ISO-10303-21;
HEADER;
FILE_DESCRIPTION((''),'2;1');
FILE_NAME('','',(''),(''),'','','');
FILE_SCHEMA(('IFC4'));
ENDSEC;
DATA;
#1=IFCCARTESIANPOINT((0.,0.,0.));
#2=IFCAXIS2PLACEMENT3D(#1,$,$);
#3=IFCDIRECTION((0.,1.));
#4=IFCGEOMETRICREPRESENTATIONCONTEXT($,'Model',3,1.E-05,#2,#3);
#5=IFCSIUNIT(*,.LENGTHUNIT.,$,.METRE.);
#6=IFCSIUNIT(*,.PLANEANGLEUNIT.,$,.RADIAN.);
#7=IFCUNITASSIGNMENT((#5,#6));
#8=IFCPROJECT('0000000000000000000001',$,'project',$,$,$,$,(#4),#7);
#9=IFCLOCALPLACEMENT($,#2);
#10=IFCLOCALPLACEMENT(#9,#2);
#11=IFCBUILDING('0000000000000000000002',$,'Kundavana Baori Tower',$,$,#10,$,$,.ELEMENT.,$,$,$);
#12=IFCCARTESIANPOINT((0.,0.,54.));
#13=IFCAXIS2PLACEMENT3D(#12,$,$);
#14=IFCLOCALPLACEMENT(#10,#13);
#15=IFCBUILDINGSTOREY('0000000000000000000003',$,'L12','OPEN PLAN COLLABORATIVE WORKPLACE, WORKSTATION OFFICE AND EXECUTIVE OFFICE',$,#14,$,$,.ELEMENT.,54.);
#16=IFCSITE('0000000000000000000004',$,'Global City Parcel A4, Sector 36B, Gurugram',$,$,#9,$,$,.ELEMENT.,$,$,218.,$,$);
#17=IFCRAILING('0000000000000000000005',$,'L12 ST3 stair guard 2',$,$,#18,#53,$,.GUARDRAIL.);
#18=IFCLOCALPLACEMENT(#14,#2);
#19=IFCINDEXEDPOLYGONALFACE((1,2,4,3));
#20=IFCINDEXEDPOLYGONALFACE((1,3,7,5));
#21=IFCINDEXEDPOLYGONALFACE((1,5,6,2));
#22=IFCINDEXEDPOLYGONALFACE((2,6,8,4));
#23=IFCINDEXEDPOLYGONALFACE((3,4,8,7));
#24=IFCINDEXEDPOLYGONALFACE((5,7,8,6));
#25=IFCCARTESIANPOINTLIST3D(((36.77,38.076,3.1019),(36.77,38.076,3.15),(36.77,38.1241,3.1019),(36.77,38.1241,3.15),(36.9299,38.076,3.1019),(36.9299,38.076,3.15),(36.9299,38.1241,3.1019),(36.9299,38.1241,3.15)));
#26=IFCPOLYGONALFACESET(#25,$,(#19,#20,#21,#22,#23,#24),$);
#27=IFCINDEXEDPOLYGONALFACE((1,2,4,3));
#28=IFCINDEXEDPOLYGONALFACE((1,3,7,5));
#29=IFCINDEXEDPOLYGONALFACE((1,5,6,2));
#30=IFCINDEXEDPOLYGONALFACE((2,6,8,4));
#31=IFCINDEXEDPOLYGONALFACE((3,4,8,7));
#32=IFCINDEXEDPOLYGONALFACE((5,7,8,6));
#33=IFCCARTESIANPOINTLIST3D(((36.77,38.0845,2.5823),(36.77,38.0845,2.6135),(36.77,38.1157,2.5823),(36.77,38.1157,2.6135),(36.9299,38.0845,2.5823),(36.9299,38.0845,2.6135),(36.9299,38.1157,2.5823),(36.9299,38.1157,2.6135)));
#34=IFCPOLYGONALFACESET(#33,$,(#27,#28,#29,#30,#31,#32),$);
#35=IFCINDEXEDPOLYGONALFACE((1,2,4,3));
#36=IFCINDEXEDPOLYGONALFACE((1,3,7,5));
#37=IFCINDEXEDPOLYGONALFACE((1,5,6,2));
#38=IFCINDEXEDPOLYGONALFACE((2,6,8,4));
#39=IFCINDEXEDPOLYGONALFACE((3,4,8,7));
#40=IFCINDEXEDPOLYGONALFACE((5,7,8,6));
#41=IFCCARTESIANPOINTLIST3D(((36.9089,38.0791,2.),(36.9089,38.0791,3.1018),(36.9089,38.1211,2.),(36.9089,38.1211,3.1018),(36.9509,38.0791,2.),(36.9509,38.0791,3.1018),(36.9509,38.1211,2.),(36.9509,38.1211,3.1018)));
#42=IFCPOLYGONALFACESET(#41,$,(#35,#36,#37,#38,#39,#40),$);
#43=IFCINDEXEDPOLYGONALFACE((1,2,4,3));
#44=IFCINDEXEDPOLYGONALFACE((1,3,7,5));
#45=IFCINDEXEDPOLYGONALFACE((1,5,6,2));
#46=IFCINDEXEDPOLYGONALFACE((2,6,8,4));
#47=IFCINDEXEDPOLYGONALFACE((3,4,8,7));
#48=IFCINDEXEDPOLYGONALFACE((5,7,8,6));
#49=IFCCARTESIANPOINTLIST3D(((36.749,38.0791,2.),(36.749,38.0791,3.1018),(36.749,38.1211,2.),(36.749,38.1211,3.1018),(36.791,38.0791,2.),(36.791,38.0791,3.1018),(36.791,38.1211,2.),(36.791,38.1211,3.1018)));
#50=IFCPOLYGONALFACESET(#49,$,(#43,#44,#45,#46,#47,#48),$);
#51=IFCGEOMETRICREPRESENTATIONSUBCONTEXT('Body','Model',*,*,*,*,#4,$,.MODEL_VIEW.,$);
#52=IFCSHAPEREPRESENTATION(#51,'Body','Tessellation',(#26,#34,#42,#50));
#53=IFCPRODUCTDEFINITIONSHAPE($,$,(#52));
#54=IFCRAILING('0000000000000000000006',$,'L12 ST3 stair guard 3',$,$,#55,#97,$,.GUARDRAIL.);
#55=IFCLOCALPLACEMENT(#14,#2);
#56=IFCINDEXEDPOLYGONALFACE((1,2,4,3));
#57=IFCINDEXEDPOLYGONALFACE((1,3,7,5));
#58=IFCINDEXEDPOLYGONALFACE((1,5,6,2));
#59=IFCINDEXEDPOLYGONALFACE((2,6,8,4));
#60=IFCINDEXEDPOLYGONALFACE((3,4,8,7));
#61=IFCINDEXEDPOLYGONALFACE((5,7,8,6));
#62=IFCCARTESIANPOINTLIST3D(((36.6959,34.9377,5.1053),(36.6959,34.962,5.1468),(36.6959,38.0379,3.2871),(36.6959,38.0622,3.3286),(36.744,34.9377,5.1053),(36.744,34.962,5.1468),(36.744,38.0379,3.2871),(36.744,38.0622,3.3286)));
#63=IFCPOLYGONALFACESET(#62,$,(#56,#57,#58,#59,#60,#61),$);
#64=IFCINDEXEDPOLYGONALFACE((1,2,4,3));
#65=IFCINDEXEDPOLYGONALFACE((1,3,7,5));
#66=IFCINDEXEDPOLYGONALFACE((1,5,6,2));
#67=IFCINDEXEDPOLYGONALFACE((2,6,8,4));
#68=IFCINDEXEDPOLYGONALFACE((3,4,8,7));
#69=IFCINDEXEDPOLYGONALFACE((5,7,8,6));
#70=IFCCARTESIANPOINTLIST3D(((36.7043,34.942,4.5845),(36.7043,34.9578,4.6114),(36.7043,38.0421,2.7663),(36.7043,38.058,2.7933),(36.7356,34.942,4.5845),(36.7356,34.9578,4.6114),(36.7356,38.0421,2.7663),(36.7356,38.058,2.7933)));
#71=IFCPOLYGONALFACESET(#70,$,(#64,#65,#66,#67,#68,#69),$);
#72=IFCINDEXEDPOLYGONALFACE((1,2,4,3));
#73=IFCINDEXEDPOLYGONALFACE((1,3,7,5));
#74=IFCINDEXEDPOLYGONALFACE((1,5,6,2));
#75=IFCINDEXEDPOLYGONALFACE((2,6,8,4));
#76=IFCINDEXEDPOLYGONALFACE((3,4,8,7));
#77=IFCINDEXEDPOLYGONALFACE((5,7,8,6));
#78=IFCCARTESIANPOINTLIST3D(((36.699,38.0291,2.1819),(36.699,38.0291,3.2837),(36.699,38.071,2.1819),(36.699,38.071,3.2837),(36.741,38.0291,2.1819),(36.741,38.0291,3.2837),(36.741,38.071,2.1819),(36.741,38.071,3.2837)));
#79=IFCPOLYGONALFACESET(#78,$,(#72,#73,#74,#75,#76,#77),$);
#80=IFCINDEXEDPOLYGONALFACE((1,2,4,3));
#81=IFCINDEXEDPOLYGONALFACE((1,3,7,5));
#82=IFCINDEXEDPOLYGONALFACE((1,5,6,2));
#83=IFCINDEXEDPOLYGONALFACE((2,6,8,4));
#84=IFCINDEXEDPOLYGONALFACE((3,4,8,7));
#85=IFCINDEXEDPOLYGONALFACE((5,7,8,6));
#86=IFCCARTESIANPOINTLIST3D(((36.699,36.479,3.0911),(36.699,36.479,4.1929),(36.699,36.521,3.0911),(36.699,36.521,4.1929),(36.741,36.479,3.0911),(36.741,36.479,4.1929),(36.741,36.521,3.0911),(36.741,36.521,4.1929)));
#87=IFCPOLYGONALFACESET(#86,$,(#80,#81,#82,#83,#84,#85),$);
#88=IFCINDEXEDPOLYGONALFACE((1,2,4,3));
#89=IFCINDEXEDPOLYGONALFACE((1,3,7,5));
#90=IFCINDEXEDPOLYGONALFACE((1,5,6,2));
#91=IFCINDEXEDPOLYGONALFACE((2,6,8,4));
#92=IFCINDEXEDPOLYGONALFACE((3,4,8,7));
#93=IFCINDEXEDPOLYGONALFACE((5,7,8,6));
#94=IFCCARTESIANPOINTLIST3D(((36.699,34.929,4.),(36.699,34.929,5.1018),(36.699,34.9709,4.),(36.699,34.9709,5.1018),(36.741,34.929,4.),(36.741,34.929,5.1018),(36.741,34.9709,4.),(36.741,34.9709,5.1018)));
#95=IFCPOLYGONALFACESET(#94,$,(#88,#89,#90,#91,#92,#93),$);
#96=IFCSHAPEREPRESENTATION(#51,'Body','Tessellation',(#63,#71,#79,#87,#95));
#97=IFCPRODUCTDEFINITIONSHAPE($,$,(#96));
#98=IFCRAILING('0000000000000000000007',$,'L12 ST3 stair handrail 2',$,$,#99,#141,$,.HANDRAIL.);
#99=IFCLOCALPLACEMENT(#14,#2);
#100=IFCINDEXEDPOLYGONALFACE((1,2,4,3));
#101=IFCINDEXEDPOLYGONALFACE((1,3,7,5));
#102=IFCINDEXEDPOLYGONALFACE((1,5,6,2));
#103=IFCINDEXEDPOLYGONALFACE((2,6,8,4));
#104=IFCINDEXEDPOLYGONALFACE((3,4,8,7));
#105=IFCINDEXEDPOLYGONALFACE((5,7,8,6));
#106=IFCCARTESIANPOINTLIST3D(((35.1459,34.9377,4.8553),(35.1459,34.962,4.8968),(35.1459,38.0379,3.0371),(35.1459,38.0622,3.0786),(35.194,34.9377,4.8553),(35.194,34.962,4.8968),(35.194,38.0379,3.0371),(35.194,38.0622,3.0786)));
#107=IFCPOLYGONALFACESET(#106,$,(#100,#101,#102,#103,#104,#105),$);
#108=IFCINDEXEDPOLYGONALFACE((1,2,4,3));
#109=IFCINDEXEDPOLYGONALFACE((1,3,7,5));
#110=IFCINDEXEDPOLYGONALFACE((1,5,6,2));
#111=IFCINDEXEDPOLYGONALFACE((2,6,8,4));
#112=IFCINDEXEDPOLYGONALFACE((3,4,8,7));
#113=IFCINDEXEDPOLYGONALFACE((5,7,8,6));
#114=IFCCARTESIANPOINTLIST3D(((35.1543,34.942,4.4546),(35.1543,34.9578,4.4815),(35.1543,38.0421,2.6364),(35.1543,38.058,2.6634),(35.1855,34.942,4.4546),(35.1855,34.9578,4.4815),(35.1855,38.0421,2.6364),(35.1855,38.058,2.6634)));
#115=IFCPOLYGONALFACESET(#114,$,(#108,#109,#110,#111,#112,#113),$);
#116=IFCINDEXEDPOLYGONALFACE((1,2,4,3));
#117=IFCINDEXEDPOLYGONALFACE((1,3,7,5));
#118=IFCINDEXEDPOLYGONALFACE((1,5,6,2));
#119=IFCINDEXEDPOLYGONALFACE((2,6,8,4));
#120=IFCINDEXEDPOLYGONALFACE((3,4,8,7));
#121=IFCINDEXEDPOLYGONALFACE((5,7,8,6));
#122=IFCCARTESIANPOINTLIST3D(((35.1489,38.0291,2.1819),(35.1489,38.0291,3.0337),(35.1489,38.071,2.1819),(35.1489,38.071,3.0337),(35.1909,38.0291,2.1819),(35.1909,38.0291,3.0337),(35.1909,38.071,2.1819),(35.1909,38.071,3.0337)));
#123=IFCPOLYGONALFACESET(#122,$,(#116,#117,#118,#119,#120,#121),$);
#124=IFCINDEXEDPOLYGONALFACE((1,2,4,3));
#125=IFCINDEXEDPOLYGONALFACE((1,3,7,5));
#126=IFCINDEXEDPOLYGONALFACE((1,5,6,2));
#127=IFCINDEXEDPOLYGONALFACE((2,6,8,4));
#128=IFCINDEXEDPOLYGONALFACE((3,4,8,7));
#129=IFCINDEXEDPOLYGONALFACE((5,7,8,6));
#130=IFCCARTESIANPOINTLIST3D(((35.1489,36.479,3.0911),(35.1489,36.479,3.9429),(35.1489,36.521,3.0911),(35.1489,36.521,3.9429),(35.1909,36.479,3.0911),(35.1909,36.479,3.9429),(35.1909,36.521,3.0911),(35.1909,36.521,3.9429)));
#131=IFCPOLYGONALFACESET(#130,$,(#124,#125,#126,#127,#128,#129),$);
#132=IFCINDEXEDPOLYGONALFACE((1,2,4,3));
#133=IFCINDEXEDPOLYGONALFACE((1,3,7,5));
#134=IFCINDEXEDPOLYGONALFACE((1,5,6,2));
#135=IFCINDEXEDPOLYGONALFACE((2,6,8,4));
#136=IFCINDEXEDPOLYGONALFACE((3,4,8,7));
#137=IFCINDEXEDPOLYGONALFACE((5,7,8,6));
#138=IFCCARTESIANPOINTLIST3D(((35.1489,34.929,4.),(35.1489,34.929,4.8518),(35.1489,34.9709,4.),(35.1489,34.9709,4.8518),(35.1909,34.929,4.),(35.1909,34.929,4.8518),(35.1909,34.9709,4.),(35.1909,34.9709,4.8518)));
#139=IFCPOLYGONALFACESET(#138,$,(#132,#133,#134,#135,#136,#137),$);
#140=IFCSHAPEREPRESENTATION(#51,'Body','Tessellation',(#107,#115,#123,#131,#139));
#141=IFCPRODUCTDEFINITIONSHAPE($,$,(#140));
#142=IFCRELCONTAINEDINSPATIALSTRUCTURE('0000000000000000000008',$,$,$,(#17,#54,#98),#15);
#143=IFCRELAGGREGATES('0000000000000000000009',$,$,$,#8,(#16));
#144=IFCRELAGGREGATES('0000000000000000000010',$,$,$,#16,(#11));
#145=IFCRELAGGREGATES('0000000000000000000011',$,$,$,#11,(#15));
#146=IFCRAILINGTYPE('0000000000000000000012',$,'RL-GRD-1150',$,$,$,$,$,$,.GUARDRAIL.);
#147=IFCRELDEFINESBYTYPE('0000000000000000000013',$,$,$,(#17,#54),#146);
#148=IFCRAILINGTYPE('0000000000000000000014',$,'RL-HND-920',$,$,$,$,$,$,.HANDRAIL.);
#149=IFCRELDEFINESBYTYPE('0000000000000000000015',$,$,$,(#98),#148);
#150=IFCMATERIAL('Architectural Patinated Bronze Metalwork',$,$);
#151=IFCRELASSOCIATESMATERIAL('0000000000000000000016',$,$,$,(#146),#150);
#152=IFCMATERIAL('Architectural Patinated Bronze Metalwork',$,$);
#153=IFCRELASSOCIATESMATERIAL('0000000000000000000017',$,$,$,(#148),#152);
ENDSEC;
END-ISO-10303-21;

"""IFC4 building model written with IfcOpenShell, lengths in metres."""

from ifc_helpers import new_model, si_unit, direction, frame, origin, origin_2d, place, context, subcontext, project, spatial, rectangle, extrude, material, type_object, element, save


model = new_model("IFC4")

# Units and contexts
model_context = context("Model", 3, precision=1e-05, world=origin(), true_north=direction((0.0, 1.0)))
body_context = subcontext(model_context, "Body", "Model", "MODEL_VIEW")
ifc_project = project(units=[si_unit("LENGTHUNIT", "METRE"), si_unit("PLANEANGLEUNIT", "RADIAN")], contexts=[model_context])

# Site, building, storey
site_placement = place(None, origin())
site = spatial("IfcSite", under=ifc_project, at=site_placement, Name="Global City Parcel A4, Sector 36B, Gurugram", CompositionType="ELEMENT", RefElevation=218.0)
building_placement = place(site_placement, origin())
building = spatial("IfcBuilding", under=site, at=building_placement, Name="Kundavana Baori Tower", CompositionType="ELEMENT")
storey_placement = place(building_placement, frame((0.0, 0.0, 54.0)))
storey = spatial("IfcBuildingStorey", under=building, at=storey_placement, Name="L12", Description="OPEN PLAN COLLABORATIVE WORKPLACE, WORKSTATION OFFICE AND EXECUTIVE OFFICE", CompositionType="ELEMENT", Elevation=54.0)

# Railings
ifc_material_1 = material(Name="Architectural Patinated Bronze Metalwork")
railing_type_1 = type_object("IfcRailingType", Name="RL-GRD-1150", PredefinedType="GUARDRAIL", material=ifc_material_1)
railing_1_placement = place(storey_placement, frame((36.9299, 38.1001, 2.0)))
element("IfcRailing", 1, at=railing_1_placement, inside=storey, type_object=railing_type_1, Name="L12 ST3 stair guard 2", PredefinedType="GUARDRAIL", context=body_context, shape_type="SweptSolid", body=[
    extrude(rectangle(XDim=0.0481, YDim=0.0481, at=origin_2d()), frame((0.0, 0.0, 1.126), z_axis=(-1.0, 0.0, 0.0), x_axis=(0.0, -1.0, 0.0)), (0.0, 0.0, 1.0), 0.1599),
    extrude(rectangle(XDim=0.0312, YDim=0.0312, at=origin_2d()), frame((0.0, 0.0, 0.5979), z_axis=(-1.0, 0.0, 0.0), x_axis=(0.0, -1.0, 0.0)), (0.0, 0.0, 1.0), 0.1599),
    extrude(rectangle(XDim=0.042, YDim=0.042, at=origin_2d()), origin(), (0.0, 0.0, 1.0), 1.1018),
    extrude(rectangle(XDim=0.042, YDim=0.042, at=origin_2d()), frame((-0.1599, 0.0, 0.0)), (0.0, 0.0, 1.0), 1.1018),
])
railing_2_placement = place(storey_placement, frame((36.72, 38.05, 2.1819)))
element("IfcRailing", 2, at=railing_2_placement, inside=storey, type_object=railing_type_1, Name="L12 ST3 stair guard 3", PredefinedType="GUARDRAIL", context=body_context, shape_type="SweptSolid", body=[
    extrude(rectangle(XDim=0.0481, YDim=0.0481, at=origin_2d()), frame((0.0, 0.0, 1.126), z_axis=(0.0, -0.862599, 0.505889), x_axis=(1.0, 0.0, 0.0)), (0.0, 0.0, 1.0), 3.594),
    extrude(rectangle(XDim=0.0312, YDim=0.0312, at=origin_2d()), frame((0.0, 0.0, 0.5979), z_axis=(0.0, -0.862599, 0.505889), x_axis=(1.0, 0.0, 0.0)), (0.0, 0.0, 1.0), 3.594),
    extrude(rectangle(XDim=0.042, YDim=0.042, at=origin_2d()), origin(), (0.0, 0.0, 1.0), 1.1018),
    extrude(rectangle(XDim=0.042, YDim=0.042, at=origin_2d()), frame((0.0, -1.55, 0.9092)), (0.0, 0.0, 1.0), 1.1018),
    extrude(rectangle(XDim=0.042, YDim=0.042, at=origin_2d()), frame((0.0, -3.1001, 1.8181)), (0.0, 0.0, 1.0), 1.1018),
])
ifc_material_2 = material(Name="Architectural Patinated Bronze Metalwork")
railing_type_2 = type_object("IfcRailingType", Name="RL-HND-920", PredefinedType="HANDRAIL", material=ifc_material_2)
railing_3_placement = place(storey_placement, frame((35.1699, 38.05, 2.1819)))
element("IfcRailing", 3, at=railing_3_placement, inside=storey, type_object=railing_type_2, Name="L12 ST3 stair handrail 2", PredefinedType="HANDRAIL", context=body_context, shape_type="SweptSolid", body=[
    extrude(rectangle(XDim=0.0481, YDim=0.0481, at=origin_2d()), frame((0.0, 0.0, 0.876), z_axis=(0.0, -0.862599, 0.505889), x_axis=(1.0, 0.0, 0.0)), (0.0, 0.0, 1.0), 3.594),
    extrude(rectangle(XDim=0.0312, YDim=0.0312, at=origin_2d()), frame((0.0, 0.0, 0.468), z_axis=(0.0, -0.862599, 0.505889), x_axis=(1.0, 0.0, 0.0)), (0.0, 0.0, 1.0), 3.594),
    extrude(rectangle(XDim=0.042, YDim=0.042, at=origin_2d()), origin(), (0.0, 0.0, 1.0), 0.8518),
    extrude(rectangle(XDim=0.042, YDim=0.042, at=origin_2d()), frame((0.0, -1.55, 0.9092)), (0.0, 0.0, 1.0), 0.8518),
    extrude(rectangle(XDim=0.042, YDim=0.042, at=origin_2d()), frame((0.0, -3.1001, 1.8181)), (0.0, 0.0, 1.0), 0.8518),
])

save(model, "model.ifc")
